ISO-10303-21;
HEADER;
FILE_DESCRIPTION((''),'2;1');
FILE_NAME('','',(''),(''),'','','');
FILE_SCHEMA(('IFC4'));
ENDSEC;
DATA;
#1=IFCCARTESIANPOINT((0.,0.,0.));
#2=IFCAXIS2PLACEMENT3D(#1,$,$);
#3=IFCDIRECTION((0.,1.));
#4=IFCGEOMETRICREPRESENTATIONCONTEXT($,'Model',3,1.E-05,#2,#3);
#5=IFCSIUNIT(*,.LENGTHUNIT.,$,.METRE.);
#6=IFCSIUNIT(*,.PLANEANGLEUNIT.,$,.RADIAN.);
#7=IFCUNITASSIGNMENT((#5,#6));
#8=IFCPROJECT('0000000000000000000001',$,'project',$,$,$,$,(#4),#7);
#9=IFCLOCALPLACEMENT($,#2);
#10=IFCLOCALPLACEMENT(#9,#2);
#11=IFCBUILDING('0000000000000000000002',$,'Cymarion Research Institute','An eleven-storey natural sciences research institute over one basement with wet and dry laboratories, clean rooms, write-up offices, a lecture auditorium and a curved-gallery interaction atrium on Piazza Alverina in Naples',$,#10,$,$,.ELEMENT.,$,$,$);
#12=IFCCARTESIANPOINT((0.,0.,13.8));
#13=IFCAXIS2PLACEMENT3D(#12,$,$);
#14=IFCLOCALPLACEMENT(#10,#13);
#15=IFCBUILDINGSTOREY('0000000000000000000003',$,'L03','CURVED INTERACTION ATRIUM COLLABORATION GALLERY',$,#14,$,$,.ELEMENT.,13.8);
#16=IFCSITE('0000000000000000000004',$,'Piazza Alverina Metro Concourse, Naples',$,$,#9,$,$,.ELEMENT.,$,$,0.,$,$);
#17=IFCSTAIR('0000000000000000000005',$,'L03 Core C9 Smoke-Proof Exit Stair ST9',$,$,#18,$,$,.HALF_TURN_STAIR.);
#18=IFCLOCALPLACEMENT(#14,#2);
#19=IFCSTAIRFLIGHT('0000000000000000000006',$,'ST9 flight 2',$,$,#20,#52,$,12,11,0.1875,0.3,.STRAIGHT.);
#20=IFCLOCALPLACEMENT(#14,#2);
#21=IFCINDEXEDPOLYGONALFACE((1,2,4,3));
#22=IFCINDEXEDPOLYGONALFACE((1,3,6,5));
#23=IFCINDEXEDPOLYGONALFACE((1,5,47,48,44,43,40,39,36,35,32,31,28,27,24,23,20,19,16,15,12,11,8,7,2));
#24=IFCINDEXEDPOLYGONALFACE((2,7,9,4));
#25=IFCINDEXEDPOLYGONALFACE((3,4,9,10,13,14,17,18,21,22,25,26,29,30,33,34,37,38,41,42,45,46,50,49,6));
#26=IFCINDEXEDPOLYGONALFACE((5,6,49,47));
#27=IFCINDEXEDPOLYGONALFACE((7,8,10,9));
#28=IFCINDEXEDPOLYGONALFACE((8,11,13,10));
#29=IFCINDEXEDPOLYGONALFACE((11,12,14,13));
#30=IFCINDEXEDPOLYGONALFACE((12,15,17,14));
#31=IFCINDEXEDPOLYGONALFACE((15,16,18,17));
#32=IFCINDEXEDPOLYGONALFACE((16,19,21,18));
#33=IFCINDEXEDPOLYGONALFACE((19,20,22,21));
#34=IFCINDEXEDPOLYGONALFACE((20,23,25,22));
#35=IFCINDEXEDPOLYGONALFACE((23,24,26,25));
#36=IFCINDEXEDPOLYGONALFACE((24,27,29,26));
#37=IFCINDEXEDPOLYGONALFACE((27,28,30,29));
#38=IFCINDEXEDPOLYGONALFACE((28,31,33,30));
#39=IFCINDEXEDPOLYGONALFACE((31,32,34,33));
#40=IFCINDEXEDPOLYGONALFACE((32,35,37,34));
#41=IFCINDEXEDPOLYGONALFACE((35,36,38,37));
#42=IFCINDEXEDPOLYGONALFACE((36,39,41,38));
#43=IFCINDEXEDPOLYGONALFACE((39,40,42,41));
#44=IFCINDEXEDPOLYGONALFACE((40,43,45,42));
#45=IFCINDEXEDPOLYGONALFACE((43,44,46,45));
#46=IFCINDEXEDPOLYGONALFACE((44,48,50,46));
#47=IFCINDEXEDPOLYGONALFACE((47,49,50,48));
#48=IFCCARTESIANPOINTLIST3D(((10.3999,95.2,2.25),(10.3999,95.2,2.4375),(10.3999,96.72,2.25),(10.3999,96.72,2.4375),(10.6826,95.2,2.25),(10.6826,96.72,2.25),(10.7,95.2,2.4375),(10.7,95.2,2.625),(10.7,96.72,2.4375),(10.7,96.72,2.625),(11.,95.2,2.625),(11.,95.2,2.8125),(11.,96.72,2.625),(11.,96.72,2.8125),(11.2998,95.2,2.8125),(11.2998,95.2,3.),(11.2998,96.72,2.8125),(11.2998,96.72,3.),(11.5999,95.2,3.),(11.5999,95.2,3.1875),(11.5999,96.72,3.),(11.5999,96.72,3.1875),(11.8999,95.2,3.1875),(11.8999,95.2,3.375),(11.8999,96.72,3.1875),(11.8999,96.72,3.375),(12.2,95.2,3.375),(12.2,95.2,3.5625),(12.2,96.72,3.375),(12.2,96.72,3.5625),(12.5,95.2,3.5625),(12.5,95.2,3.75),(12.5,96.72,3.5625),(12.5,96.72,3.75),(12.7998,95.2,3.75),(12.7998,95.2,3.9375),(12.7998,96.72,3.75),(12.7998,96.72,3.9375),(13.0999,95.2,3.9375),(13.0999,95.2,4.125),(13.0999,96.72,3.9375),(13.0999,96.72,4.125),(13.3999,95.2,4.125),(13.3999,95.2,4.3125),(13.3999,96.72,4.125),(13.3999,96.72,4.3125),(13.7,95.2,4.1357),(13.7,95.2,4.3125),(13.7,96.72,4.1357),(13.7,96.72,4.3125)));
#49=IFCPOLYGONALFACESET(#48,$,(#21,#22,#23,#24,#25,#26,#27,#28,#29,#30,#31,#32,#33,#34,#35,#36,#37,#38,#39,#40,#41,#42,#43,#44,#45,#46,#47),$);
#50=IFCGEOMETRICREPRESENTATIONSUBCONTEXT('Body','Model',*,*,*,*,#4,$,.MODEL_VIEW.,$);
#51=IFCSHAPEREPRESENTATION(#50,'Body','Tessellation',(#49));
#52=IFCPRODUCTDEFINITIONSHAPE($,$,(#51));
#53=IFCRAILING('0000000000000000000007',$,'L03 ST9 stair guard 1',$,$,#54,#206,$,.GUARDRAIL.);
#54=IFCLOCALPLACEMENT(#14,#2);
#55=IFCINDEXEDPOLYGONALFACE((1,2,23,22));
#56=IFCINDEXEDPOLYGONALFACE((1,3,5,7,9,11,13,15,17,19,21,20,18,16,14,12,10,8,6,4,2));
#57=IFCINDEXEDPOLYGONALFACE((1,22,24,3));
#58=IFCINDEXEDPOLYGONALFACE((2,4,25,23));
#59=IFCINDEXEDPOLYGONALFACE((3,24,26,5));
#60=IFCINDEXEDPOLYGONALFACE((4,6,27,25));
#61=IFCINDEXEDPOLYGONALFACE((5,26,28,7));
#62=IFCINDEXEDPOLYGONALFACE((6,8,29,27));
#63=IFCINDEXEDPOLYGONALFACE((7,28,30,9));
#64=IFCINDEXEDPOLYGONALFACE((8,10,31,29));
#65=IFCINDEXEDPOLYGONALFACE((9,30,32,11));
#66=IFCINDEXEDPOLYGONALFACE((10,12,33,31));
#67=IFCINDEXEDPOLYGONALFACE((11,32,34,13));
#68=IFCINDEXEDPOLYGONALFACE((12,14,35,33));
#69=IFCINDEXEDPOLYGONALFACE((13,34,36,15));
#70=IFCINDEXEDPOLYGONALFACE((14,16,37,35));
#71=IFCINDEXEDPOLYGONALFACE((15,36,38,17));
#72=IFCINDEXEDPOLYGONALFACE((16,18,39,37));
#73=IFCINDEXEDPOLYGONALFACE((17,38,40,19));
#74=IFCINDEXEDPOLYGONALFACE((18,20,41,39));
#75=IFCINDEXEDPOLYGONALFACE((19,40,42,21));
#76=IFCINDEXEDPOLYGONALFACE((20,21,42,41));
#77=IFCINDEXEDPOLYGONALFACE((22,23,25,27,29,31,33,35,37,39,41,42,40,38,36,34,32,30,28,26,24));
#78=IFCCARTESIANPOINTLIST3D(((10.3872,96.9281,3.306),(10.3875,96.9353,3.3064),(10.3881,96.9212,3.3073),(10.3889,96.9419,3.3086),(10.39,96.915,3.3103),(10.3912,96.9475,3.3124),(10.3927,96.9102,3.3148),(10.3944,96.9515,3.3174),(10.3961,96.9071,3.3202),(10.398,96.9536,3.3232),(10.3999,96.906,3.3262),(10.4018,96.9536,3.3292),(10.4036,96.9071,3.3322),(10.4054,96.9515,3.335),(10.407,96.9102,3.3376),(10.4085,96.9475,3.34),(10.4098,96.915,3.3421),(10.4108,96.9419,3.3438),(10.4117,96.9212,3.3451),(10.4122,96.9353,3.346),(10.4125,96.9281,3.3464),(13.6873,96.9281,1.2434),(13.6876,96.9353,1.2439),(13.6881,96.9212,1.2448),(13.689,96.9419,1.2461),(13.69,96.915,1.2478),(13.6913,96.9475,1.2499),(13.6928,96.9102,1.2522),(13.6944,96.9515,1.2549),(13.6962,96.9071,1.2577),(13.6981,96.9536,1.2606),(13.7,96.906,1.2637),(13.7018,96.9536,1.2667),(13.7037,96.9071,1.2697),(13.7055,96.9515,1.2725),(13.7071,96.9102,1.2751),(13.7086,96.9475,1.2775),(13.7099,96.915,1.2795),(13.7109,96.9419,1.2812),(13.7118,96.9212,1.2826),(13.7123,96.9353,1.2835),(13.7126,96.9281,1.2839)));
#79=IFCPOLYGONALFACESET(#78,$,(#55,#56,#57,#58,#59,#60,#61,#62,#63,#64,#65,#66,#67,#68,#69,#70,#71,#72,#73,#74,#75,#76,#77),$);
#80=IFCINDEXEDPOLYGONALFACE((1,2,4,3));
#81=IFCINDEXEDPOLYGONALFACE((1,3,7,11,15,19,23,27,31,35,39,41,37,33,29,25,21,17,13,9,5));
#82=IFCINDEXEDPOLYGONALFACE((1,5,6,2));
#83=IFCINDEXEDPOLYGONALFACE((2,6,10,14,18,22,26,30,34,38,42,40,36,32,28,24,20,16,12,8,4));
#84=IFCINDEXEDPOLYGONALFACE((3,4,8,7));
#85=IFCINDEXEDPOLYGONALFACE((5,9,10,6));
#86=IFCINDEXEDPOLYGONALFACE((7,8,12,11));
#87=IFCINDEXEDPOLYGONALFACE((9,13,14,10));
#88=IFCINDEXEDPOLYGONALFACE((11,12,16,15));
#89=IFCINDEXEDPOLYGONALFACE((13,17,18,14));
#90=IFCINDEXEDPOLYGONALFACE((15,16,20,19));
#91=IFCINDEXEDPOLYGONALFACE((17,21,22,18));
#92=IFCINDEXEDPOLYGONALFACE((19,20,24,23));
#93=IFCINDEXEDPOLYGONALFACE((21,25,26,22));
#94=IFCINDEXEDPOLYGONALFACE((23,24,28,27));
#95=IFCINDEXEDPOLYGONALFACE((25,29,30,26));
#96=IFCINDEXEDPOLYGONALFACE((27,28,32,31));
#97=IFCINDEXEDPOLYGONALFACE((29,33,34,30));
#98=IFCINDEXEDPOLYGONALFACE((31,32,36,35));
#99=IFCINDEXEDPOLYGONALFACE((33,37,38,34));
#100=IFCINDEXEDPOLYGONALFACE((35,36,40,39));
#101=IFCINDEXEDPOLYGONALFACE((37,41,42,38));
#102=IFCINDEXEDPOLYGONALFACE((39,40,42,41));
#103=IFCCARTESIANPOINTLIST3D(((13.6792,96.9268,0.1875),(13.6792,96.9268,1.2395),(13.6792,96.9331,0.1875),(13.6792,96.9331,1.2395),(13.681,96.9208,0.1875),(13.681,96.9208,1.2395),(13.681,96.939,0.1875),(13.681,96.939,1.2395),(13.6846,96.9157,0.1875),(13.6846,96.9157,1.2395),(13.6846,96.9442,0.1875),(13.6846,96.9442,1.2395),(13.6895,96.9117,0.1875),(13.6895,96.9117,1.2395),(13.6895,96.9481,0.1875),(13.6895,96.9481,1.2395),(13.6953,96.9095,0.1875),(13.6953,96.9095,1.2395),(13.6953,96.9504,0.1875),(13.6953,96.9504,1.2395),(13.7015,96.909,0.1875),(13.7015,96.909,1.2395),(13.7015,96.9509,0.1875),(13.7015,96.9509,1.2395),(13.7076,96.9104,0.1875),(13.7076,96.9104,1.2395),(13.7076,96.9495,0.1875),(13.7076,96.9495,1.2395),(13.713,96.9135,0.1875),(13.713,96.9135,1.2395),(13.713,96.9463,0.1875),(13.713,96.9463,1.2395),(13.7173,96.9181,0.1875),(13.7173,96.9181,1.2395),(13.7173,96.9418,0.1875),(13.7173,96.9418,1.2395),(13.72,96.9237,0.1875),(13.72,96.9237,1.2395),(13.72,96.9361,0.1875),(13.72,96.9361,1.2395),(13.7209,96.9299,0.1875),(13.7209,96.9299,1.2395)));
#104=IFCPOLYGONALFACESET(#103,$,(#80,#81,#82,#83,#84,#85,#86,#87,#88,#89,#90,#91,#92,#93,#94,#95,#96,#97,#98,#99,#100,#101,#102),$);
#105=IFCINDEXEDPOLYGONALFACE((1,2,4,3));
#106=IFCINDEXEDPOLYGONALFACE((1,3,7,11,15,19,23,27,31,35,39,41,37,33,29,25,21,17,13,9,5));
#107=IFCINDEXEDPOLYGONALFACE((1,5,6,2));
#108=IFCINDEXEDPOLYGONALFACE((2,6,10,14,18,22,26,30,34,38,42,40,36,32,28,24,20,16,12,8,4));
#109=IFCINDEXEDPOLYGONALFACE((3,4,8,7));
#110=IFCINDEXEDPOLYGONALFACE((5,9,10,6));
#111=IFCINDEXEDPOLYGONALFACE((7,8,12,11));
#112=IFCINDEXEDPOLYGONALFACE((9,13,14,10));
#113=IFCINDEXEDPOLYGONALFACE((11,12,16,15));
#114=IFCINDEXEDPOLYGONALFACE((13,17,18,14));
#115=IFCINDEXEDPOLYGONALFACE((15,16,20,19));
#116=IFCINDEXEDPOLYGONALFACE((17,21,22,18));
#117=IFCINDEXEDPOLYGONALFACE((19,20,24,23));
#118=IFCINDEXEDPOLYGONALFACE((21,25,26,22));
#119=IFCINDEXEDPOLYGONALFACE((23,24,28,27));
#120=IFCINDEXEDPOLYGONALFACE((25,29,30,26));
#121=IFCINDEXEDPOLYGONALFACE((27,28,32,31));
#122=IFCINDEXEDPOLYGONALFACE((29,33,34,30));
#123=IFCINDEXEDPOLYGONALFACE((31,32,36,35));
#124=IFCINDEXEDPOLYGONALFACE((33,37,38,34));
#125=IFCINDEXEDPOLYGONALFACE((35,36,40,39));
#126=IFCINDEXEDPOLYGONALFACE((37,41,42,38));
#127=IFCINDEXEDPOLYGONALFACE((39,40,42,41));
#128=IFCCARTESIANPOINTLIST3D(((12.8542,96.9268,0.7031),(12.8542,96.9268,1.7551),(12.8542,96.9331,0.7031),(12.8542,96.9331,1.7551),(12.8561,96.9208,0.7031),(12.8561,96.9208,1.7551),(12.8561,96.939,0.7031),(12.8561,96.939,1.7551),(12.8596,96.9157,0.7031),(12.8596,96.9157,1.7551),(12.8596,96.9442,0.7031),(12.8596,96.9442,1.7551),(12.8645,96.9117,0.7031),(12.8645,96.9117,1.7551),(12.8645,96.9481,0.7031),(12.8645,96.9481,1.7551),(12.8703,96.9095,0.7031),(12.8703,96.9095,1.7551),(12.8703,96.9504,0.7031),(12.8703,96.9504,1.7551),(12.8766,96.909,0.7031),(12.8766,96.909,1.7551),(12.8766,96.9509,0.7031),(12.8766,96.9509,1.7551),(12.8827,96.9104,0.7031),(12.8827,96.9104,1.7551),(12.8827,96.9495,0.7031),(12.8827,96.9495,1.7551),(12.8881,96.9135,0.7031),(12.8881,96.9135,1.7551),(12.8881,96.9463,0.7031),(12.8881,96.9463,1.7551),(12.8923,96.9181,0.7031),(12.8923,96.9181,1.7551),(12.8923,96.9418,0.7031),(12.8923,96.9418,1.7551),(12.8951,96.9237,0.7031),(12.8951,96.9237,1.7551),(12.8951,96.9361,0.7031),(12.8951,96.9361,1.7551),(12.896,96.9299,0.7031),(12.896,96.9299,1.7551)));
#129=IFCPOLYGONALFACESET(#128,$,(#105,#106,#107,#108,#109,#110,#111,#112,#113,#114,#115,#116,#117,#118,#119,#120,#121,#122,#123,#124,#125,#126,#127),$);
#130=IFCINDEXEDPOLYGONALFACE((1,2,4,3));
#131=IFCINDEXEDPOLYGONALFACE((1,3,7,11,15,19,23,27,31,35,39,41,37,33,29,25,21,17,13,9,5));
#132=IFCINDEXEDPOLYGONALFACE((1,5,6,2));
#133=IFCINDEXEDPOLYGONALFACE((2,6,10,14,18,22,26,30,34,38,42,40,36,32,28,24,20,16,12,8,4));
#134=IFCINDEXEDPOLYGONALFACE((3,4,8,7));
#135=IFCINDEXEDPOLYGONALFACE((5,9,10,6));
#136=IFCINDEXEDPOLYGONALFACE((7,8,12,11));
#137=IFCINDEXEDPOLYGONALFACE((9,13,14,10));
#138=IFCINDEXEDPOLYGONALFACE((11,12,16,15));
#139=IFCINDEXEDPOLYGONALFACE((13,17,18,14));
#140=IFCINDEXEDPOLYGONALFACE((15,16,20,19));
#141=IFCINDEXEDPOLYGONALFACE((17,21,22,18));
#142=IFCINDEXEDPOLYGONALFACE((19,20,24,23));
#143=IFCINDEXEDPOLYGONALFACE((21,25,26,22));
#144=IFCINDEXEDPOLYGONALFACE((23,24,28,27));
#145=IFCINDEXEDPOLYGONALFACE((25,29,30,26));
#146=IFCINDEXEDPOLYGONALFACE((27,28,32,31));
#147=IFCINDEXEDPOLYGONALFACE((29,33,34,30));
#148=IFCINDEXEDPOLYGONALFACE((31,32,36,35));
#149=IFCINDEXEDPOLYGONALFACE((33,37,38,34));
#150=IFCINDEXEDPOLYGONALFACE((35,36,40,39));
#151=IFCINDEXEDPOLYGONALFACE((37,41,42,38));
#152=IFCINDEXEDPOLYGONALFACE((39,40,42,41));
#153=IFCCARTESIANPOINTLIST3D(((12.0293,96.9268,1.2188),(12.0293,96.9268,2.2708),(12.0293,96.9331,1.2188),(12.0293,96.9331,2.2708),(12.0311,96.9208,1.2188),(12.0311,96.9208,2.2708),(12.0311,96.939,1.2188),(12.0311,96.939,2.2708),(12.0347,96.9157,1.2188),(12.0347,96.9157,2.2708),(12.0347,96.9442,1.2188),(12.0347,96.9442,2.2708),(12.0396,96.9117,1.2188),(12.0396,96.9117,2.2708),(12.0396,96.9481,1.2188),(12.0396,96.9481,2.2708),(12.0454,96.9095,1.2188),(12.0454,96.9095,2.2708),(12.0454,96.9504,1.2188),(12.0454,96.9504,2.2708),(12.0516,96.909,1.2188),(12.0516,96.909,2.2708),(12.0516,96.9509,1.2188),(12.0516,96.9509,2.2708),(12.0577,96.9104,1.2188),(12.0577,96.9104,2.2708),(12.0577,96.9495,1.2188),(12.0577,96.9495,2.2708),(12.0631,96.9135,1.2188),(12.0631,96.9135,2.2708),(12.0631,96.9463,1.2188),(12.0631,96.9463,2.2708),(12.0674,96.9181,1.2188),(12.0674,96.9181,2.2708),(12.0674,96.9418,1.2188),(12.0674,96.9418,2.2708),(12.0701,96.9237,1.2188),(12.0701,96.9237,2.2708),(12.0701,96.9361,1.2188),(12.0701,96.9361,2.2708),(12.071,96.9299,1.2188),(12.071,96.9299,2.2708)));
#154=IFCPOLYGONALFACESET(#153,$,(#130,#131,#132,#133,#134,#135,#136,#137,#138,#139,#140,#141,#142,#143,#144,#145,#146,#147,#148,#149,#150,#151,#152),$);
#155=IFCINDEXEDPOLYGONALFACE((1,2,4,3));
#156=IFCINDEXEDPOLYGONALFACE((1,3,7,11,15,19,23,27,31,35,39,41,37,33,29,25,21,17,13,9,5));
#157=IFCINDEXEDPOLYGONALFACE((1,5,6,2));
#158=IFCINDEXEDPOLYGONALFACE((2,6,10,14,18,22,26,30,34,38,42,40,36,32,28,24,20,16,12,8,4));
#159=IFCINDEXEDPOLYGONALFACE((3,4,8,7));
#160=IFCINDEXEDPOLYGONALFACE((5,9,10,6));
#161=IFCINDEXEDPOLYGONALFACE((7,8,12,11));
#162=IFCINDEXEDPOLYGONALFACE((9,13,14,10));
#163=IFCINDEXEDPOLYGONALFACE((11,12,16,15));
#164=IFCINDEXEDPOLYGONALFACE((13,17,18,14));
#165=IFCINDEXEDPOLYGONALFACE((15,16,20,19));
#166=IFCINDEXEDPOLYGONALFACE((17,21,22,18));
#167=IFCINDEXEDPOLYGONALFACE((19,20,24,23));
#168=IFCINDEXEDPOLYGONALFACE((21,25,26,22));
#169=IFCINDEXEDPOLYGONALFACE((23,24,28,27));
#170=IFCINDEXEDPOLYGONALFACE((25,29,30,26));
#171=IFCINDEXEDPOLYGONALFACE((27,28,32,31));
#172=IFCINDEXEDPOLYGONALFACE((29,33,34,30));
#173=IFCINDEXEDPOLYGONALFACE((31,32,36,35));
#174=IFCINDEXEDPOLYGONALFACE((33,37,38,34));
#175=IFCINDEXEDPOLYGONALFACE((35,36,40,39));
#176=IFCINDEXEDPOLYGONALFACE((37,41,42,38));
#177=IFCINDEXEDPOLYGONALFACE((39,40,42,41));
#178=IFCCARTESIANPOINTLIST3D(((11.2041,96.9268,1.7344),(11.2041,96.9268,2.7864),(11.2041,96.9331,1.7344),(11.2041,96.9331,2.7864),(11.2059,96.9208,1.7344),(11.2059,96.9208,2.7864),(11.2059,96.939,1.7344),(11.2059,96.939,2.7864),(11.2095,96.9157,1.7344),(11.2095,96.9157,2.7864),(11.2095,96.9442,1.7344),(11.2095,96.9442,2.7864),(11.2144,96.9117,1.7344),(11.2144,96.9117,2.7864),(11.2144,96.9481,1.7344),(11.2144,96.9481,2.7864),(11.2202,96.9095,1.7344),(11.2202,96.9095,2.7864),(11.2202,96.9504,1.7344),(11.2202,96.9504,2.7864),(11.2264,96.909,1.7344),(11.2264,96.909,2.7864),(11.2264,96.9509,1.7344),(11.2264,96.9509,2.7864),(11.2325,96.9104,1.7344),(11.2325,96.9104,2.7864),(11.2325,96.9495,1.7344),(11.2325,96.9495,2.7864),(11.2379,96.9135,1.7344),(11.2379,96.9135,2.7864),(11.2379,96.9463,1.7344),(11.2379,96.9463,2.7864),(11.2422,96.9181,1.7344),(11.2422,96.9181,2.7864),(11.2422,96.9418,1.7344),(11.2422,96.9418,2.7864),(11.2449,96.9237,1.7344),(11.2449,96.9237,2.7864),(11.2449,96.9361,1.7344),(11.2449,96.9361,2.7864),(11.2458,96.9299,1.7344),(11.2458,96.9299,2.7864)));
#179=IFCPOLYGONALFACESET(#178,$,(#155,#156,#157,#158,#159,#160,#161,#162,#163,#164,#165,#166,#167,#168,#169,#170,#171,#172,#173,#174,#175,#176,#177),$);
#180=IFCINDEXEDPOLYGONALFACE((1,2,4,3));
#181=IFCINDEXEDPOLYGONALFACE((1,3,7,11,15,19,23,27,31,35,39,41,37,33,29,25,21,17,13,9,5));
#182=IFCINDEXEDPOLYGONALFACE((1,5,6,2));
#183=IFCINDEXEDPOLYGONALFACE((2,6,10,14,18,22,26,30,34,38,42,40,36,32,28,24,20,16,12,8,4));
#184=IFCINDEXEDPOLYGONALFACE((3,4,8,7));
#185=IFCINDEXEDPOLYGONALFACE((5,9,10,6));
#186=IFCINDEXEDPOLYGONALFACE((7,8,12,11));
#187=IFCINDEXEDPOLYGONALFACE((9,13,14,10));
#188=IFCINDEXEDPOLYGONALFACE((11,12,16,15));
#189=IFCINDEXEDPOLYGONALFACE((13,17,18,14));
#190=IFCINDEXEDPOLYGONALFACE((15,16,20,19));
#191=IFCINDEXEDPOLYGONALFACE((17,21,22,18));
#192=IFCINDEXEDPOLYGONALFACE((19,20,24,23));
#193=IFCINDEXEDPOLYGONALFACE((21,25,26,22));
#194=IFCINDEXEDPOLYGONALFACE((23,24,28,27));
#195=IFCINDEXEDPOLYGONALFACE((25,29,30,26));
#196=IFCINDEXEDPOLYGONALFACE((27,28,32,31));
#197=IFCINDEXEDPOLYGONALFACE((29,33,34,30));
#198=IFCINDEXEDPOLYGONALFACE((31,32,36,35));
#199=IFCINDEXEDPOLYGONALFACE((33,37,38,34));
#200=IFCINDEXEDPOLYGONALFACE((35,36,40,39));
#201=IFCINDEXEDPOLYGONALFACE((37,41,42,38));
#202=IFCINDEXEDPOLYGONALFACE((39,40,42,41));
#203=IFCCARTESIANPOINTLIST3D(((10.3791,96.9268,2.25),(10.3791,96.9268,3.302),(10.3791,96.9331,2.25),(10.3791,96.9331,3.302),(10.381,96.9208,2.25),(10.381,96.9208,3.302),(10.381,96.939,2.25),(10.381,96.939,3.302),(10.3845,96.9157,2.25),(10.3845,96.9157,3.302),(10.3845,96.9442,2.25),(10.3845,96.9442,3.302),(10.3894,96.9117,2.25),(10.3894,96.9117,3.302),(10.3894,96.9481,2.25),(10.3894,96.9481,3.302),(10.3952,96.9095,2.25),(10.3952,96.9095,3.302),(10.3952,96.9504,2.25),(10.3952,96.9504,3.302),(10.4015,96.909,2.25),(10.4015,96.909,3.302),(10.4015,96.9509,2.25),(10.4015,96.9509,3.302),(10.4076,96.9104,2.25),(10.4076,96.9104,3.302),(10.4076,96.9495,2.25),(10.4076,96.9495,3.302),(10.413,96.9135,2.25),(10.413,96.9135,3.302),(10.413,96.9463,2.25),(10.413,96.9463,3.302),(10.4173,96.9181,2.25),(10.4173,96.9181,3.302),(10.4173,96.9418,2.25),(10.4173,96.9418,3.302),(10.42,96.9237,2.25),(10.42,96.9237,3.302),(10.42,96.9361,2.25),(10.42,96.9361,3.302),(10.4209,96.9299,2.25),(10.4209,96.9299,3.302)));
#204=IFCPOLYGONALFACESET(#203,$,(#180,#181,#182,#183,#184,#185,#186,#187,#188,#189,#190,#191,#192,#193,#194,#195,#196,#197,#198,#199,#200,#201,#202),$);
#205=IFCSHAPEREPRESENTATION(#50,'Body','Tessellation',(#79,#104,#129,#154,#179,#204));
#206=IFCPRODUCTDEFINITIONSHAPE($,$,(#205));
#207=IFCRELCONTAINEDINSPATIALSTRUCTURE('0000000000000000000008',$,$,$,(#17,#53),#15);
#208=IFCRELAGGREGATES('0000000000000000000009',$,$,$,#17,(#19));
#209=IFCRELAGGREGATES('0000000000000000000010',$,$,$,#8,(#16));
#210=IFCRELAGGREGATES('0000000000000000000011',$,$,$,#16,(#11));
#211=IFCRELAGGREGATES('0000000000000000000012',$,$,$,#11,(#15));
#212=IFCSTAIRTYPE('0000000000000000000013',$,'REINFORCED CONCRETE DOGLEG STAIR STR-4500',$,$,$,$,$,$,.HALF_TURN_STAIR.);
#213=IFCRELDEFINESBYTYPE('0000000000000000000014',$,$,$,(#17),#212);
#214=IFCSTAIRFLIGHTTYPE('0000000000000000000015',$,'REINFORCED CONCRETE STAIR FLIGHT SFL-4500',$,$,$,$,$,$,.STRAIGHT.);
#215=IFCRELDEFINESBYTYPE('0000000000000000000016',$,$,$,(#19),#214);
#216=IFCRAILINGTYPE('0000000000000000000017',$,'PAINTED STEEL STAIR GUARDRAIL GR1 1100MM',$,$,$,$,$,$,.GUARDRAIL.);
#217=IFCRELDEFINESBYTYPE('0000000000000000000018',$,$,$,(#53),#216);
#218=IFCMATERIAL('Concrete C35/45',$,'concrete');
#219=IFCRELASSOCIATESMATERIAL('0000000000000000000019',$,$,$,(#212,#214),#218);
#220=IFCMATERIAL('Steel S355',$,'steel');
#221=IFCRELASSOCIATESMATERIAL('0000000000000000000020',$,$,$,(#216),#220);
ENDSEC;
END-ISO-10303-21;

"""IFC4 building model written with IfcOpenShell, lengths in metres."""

from ifc_helpers import new_model, si_unit, direction, frame, origin, origin_2d, place, context, subcontext, project, spatial, polyline, circle, outline, extrude, material, type_object, element, aggregate, save


model = new_model("IFC4")

# Units and contexts
model_context = context("Model", 3, precision=1e-05, world=origin(), true_north=direction((0.0, 1.0)))
body_context = subcontext(model_context, "Body", "Model", "MODEL_VIEW")
ifc_project = project(units=[si_unit("LENGTHUNIT", "METRE"), si_unit("PLANEANGLEUNIT", "RADIAN")], contexts=[model_context])

# Site, building, storey
site_placement = place(None, origin())
site = spatial("IfcSite", under=ifc_project, at=site_placement, Name="Piazza Alverina Metro Concourse, Naples", CompositionType="ELEMENT", RefElevation=0.0)
building_placement = place(site_placement, origin())
building = spatial("IfcBuilding", under=site, at=building_placement, Name="Cymarion Research Institute", Description="An eleven-storey natural sciences research institute over one basement with wet and dry laboratories, clean rooms, write-up offices, a lecture auditorium and a curved-gallery interaction atrium on Piazza Alverina in Naples", CompositionType="ELEMENT")
storey_placement = place(building_placement, frame((0.0, 0.0, 13.8)))
storey = spatial("IfcBuildingStorey", under=building, at=storey_placement, Name="L03", Description="CURVED INTERACTION ATRIUM COLLABORATION GALLERY", CompositionType="ELEMENT", Elevation=13.8)

# Shared definitions
ifc_material_1 = material(Name="Steel S355", Category="steel")

# Stair, stair flight
ifc_material_2 = material(Name="Concrete C35/45", Category="concrete")
stair_type = type_object("IfcStairType", Name="REINFORCED CONCRETE DOGLEG STAIR STR-4500", PredefinedType="HALF_TURN_STAIR", material=ifc_material_2)
stair_placement = place(storey_placement, origin())
stair = element("IfcStair", 1, at=stair_placement, inside=storey, type_object=stair_type, Name="L03 Core C9 Smoke-Proof Exit Stair ST9", PredefinedType="HALF_TURN_STAIR")
stair_flight_type = type_object("IfcStairFlightType", Name="REINFORCED CONCRETE STAIR FLIGHT SFL-4500", PredefinedType="STRAIGHT", material=ifc_material_2)
stair_flight_1_placement = place(storey_placement, frame((10.3999, 95.96, 2.25), z_axis=(0.0, 0.0, 1.0), x_axis=(1.0, 0.0, 0.0)))
stair_flight_1 = element("IfcStairFlight", 2, at=stair_flight_1_placement, type_object=stair_flight_type, Name="ST9 flight 2", NumberOfRisers=12, NumberOfTreads=11, PredefinedType="STRAIGHT", RiserHeight=0.1875, TreadLength=0.3, context=body_context, shape_type="SweptSolid", body=[
    extrude(outline(polyline([(0.0, 0.0), (0.0, 0.1875), (0.3, 0.1875), (0.3, 0.375), (0.6001, 0.375), (0.6001, 0.5625), (0.8999, 0.5625), (0.8999, 0.75), (1.2, 0.75), (1.2, 0.9375), (1.5, 0.9375), (1.5, 1.125), (1.8, 1.125), (1.8, 1.3125), (2.1001, 1.3125), (2.1001, 1.5), (2.3999, 1.5), (2.3999, 1.6875), (2.7, 1.6875), (2.7, 1.875), (3.0, 1.875), (3.0, 2.0625), (3.3, 2.0625), (3.3, 2.25), (3.3, 1.8857), (0.2827, 0.0), (0.0, 0.0)])), frame((0.0, 0.76, 0.0), z_axis=(0.0, -1.0, 0.0), x_axis=(1.0, 0.0, 0.0)), (0.0, 0.0, 1.0), 1.52),
])
aggregate(stair, [stair_flight_1])

# Railing
railing_type_1 = type_object("IfcRailingType", Name="PAINTED STEEL STAIR GUARDRAIL GR1 1100MM", PredefinedType="GUARDRAIL", material=ifc_material_1)
railing_1_placement = place(storey_placement, frame((13.7, 96.9299, 0.1875)))
element("IfcRailing", 3, at=railing_1_placement, inside=storey, type_object=railing_type_1, Name="L03 ST9 stair guard 1", PredefinedType="GUARDRAIL", context=body_context, shape_type="SweptSolid", body=[
    extrude(circle(Radius=0.0239, at=origin_2d()), frame((0.0, 0.0, 1.0762), z_axis=(-0.848002, 0.0, 0.529993), x_axis=(0.0, -1.0, 0.0)), (0.0, 0.0, 1.0), 3.8916),
    extrude(circle(Radius=0.021, at=origin_2d()), origin(), (0.0, 0.0, 1.0), 1.052),
    extrude(circle(Radius=0.021, at=origin_2d()), frame((-0.825, 0.0, 0.5156)), (0.0, 0.0, 1.0), 1.052),
    extrude(circle(Radius=0.021, at=origin_2d()), frame((-1.6499, 0.0, 1.0312)), (0.0, 0.0, 1.0), 1.052),
    extrude(circle(Radius=0.021, at=origin_2d()), frame((-2.4751, 0.0, 1.5469)), (0.0, 0.0, 1.0), 1.052),
    extrude(circle(Radius=0.021, at=origin_2d()), frame((-3.3, 0.0, 2.0625)), (0.0, 0.0, 1.0), 1.052),
])

save(model, "model.ifc")
